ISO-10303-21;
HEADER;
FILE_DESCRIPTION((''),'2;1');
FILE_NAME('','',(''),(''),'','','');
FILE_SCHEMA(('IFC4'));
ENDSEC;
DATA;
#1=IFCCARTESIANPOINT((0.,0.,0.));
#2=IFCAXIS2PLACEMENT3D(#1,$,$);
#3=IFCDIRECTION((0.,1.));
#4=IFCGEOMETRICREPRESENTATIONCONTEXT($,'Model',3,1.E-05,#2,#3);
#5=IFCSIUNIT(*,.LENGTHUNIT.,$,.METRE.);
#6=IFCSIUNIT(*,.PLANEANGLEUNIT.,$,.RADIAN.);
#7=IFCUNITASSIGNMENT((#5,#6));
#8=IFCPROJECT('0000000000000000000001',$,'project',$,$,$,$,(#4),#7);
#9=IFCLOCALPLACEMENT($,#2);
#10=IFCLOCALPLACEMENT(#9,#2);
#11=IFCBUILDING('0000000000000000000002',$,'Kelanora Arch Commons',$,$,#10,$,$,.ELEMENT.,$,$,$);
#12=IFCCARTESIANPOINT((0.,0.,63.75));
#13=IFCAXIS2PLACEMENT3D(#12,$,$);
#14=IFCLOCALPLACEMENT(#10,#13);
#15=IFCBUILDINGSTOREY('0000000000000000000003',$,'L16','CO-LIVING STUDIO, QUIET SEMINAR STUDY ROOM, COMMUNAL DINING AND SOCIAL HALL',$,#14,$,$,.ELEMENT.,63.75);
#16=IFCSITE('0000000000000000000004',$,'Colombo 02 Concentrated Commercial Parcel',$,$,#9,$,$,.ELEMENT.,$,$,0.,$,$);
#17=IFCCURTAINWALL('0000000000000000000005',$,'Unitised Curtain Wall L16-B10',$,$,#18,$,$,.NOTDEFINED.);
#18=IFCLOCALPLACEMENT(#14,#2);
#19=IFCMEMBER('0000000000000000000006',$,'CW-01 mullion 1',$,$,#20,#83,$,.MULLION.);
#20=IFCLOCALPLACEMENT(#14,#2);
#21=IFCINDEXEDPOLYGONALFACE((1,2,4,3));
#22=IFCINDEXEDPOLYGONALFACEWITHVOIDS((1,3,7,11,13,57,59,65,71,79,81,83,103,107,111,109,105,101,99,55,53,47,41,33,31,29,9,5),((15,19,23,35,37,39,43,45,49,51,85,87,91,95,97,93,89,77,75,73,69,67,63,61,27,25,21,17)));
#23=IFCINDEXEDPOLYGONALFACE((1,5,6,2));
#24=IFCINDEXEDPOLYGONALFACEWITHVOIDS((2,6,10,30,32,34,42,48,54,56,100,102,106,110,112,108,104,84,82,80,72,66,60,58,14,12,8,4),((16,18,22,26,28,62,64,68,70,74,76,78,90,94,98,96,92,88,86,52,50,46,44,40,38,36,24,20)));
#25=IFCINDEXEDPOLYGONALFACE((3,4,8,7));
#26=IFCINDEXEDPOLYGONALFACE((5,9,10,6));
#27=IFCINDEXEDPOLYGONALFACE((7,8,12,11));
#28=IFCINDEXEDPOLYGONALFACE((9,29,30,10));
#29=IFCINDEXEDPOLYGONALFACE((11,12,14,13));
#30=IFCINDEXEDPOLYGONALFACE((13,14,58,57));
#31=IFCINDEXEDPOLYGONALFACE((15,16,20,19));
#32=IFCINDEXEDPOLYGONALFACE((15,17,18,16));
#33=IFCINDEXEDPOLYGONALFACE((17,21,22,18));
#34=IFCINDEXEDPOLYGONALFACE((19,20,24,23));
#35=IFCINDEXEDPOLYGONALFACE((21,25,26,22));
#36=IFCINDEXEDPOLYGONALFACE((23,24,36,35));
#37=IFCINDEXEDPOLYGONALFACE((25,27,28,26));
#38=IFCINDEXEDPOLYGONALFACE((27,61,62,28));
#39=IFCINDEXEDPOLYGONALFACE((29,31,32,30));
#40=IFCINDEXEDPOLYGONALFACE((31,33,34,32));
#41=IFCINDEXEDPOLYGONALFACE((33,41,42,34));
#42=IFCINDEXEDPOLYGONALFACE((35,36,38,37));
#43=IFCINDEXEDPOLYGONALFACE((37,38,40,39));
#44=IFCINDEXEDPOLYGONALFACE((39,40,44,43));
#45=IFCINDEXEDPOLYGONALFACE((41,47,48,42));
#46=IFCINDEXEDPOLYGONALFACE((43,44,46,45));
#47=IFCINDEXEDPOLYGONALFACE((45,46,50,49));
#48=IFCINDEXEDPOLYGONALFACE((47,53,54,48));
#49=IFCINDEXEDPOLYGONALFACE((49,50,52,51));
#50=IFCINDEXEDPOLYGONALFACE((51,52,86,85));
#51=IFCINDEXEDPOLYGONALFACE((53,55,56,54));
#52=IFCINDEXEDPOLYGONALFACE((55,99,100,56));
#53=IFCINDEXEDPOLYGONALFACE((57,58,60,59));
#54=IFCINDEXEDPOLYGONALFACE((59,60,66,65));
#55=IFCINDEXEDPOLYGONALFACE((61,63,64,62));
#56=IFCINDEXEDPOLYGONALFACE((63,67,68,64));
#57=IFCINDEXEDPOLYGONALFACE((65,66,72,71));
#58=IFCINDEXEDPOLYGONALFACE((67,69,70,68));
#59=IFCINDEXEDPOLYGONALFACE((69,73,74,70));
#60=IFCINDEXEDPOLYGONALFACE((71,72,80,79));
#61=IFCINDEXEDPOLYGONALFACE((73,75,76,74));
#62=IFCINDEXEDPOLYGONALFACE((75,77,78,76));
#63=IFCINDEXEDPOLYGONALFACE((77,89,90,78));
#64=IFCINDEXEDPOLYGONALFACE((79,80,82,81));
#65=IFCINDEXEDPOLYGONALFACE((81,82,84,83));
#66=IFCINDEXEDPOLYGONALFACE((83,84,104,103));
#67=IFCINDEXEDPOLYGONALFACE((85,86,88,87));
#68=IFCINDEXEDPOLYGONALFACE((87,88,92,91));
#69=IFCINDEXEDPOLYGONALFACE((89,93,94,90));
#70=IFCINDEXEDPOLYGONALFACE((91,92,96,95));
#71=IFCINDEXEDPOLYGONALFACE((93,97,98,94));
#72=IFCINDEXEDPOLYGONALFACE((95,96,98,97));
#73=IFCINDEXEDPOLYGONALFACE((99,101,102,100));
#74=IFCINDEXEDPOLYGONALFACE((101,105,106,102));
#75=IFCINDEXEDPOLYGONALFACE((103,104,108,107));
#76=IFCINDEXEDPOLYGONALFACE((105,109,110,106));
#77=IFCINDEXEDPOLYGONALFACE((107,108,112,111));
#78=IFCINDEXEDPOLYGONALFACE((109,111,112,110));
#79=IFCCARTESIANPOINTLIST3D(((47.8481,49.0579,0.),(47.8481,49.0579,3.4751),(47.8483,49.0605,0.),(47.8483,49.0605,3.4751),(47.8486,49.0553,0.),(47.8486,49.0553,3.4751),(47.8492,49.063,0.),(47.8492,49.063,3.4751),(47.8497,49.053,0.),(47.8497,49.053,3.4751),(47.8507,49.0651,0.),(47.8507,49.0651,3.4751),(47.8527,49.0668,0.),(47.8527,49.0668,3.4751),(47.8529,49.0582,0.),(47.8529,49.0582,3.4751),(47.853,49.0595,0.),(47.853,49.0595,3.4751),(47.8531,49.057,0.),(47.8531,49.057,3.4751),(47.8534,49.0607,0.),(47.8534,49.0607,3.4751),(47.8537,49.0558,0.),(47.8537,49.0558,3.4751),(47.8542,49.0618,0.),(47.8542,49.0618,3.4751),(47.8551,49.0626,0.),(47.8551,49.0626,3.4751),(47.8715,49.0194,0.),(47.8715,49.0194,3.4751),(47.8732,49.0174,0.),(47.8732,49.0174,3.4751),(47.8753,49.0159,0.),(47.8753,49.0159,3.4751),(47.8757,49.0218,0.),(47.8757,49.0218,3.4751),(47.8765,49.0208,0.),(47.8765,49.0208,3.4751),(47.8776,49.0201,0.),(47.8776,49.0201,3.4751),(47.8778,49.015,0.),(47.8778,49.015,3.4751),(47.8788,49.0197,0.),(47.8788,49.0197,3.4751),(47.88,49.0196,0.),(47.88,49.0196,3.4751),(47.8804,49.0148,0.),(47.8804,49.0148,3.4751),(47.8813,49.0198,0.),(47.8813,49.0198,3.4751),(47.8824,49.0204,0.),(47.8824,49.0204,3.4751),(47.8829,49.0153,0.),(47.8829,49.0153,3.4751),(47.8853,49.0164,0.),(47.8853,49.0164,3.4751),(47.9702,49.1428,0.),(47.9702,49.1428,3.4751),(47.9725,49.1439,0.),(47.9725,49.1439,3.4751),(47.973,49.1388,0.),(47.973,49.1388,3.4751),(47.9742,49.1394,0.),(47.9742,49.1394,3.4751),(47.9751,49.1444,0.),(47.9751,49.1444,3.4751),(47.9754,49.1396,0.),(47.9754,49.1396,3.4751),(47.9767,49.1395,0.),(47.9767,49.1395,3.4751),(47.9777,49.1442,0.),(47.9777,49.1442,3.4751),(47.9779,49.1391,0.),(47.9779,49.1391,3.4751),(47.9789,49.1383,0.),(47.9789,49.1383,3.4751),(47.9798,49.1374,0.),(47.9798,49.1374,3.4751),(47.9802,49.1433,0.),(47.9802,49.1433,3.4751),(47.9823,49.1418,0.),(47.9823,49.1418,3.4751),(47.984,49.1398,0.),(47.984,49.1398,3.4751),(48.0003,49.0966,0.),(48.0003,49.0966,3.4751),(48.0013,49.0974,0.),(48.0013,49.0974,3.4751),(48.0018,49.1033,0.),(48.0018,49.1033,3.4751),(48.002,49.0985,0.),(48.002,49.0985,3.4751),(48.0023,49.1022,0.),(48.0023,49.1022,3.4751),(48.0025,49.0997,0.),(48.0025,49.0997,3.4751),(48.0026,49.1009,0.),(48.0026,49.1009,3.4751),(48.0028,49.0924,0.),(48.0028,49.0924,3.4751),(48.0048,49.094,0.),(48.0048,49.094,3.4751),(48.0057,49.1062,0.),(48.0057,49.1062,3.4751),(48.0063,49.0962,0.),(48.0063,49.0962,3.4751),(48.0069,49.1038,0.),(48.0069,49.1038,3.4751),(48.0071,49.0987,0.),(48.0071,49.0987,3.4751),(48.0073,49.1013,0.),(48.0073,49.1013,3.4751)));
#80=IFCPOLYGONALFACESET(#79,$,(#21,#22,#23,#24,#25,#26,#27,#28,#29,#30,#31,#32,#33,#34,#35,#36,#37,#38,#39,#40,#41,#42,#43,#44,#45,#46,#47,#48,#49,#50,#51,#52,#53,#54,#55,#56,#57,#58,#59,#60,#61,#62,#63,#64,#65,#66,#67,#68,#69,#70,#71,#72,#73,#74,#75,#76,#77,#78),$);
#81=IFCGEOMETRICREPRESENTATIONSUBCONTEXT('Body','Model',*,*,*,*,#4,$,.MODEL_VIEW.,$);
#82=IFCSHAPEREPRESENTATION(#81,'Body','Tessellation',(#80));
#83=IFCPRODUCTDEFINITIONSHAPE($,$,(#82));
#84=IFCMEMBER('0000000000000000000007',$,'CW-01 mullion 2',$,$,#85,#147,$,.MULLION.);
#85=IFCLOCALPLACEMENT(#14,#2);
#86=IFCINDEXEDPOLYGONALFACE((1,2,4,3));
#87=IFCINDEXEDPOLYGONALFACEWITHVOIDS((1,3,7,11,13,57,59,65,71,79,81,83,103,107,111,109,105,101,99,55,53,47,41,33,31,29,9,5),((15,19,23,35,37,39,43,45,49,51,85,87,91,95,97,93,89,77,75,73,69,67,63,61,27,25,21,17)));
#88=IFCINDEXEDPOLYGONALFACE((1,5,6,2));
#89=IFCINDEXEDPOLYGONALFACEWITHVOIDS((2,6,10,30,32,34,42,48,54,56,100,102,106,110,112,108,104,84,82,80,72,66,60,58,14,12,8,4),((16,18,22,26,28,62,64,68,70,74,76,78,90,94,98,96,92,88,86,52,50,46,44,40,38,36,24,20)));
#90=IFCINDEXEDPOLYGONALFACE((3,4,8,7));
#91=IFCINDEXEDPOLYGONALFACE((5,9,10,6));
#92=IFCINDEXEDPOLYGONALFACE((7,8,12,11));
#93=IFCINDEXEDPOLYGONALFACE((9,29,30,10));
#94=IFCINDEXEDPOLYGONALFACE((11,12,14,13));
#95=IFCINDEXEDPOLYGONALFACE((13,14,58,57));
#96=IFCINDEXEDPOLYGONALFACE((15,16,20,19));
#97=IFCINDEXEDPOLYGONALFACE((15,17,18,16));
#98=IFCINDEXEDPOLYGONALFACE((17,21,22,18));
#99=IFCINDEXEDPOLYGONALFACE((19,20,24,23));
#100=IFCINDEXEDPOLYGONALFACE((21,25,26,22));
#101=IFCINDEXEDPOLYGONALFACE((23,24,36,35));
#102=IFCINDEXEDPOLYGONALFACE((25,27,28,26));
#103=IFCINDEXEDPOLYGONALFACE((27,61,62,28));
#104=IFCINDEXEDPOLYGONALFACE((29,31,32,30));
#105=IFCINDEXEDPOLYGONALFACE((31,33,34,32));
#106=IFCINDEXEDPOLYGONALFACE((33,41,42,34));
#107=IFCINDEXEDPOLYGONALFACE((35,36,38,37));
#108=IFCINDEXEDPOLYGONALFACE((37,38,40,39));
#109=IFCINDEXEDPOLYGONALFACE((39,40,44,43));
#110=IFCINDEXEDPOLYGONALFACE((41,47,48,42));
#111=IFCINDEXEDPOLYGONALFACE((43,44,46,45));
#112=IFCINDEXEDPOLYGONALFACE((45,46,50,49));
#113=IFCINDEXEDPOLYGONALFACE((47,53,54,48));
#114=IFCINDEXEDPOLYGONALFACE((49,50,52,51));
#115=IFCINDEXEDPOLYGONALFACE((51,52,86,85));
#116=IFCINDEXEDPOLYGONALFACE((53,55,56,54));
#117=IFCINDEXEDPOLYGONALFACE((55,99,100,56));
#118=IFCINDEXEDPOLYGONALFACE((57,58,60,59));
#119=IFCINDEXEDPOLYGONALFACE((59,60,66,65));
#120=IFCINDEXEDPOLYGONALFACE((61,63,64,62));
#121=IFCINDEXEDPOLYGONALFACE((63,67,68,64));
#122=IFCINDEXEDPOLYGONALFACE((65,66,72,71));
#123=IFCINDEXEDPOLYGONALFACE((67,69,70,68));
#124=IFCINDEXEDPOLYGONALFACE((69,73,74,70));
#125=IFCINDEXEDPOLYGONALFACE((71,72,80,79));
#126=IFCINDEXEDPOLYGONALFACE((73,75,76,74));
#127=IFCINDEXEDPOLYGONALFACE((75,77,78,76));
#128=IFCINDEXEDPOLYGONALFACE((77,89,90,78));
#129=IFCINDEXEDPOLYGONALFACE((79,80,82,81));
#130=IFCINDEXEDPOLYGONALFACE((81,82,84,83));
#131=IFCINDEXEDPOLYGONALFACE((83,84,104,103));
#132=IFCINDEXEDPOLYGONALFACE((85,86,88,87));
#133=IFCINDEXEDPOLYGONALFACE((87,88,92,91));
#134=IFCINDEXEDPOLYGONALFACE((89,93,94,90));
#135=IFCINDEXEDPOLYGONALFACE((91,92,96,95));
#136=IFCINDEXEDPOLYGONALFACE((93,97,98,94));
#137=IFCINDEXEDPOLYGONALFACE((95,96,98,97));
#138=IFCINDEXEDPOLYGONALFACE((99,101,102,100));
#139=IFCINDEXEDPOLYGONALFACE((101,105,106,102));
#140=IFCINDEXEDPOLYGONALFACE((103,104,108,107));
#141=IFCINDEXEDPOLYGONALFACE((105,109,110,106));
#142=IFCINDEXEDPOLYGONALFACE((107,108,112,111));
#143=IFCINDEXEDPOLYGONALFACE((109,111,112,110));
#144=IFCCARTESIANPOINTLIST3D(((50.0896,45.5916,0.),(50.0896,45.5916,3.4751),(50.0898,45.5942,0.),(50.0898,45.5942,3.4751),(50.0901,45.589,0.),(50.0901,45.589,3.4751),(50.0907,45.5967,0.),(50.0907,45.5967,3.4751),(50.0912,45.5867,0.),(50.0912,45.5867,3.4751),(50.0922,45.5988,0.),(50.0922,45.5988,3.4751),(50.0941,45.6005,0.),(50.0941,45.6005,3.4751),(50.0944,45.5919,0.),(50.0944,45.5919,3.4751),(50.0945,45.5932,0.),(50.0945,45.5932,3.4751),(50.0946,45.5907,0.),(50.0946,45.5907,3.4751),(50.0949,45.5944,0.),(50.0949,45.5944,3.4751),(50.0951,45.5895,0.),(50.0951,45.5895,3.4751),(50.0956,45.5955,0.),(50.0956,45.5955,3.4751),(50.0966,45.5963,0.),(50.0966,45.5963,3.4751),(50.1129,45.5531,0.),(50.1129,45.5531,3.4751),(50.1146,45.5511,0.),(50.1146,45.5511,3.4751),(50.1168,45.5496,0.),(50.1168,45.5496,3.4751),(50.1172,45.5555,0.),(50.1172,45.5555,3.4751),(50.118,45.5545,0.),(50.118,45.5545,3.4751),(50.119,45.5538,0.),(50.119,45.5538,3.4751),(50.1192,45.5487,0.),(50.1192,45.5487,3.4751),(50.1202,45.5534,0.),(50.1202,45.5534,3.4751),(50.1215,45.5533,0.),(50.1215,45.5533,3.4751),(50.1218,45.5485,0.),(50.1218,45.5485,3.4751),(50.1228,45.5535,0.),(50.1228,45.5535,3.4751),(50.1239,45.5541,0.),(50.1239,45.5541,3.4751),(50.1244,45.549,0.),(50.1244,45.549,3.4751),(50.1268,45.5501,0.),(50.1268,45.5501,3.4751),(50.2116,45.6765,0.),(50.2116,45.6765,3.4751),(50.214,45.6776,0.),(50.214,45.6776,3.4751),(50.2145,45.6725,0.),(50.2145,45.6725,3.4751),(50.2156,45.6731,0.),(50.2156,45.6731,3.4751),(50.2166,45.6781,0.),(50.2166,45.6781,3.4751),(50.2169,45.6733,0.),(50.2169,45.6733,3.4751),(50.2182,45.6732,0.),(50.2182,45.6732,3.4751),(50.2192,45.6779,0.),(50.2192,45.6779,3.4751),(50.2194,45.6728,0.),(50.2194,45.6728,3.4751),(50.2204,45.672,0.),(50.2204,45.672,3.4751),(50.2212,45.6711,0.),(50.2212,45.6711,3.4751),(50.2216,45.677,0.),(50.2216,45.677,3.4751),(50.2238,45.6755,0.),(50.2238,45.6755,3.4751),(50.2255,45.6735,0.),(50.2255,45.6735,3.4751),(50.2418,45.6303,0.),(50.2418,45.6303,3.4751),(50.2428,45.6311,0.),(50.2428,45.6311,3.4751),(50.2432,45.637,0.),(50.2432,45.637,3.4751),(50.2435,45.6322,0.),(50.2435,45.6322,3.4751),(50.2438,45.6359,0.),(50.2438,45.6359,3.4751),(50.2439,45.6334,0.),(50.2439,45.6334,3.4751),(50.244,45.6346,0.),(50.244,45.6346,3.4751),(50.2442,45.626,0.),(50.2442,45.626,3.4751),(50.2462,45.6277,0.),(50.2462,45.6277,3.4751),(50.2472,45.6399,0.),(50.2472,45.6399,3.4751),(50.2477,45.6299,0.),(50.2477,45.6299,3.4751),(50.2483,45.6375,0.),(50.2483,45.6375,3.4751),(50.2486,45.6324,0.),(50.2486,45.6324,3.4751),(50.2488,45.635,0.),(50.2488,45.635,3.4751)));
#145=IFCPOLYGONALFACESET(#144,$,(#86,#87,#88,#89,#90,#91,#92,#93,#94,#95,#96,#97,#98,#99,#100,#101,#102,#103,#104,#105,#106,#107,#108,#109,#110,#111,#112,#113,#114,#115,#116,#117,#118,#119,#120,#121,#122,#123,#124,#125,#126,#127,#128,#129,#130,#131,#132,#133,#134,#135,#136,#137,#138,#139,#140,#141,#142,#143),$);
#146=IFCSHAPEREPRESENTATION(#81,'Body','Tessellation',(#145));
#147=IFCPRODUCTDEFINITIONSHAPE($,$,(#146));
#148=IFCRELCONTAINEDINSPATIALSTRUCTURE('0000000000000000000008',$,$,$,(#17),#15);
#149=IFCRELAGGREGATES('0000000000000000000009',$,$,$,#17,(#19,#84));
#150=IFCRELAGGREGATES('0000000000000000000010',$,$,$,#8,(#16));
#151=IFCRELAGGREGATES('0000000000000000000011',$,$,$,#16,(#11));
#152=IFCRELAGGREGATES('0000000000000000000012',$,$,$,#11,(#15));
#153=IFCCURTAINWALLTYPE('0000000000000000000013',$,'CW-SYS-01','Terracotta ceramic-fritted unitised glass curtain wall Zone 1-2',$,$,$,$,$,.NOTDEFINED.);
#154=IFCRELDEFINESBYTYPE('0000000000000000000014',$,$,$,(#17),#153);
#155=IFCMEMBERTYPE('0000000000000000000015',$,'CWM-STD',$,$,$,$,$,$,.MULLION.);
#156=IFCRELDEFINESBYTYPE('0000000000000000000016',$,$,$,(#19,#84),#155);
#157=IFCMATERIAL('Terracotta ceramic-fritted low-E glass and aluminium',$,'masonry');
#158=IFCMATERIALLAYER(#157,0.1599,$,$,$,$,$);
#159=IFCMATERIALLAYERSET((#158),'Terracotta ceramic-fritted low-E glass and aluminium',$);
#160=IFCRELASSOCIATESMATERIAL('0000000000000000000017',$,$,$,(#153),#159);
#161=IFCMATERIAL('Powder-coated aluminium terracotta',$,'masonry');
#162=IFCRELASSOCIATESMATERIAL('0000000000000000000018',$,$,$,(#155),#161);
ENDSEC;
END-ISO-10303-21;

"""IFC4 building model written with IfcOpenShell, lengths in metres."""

from ifc_helpers import new_model, si_unit, direction, frame, origin, origin_2d, place, context, subcontext, project, spatial, hollow_rectangle, extrude, material, layer, layer_set, material_profile, profile_set, type_object, element, aggregate, save


model = new_model("IFC4")

# Units and contexts
model_context = context("Model", 3, precision=1e-05, world=origin(), true_north=direction((0.0, 1.0)))
body_context = subcontext(model_context, "Body", "Model", "MODEL_VIEW")
ifc_project = project(units=[si_unit("LENGTHUNIT", "METRE"), si_unit("PLANEANGLEUNIT", "RADIAN")], contexts=[model_context])

# Site, building, storey
site_placement = place(None, origin())
site = spatial("IfcSite", under=ifc_project, at=site_placement, Name="Colombo 02 Concentrated Commercial Parcel", CompositionType="ELEMENT", RefElevation=0.0)
building_placement = place(site_placement, origin())
building = spatial("IfcBuilding", under=site, at=building_placement, Name="Kelanora Arch Commons", CompositionType="ELEMENT")
storey_placement = place(building_placement, frame((0.0, 0.0, 63.75)))
storey = spatial("IfcBuildingStorey", under=building, at=storey_placement, Name="L16", Description="CO-LIVING STUDIO, QUIET SEMINAR STUDY ROOM, COMMUNAL DINING AND SOCIAL HALL", CompositionType="ELEMENT", Elevation=63.75)

# Shared definitions
ifc_material_1 = material(Name="Terracotta ceramic-fritted low-E glass and aluminium", Category="masonry")
ifc_layer_1 = layer(ifc_material_1, 0.1599)
ifc_layer_set_1 = layer_set([ifc_layer_1], Name="Terracotta ceramic-fritted low-E glass and aluminium")
curtain_wall_type = type_object("IfcCurtainWallType", Name="CW-SYS-01", Description="Terracotta ceramic-fritted unitised glass curtain wall Zone 1-2", PredefinedType="NOTDEFINED", material=ifc_layer_set_1)
ifc_material_2 = material(Name="Powder-coated aluminium terracotta", Category="masonry")
ifc_material_profile_1 = material_profile(ifc_material_2, hollow_rectangle(XDim=0.1599, YDim=0.0601, WallThickness=0.0049, InnerFilletRadius=0.0049, OuterFilletRadius=0.01, at=origin_2d()), Name="CWM160x60")
ifc_profile_set_1 = profile_set([ifc_material_profile_1], Name="Powder-coated aluminium terracotta")
member_type_1 = type_object("IfcMemberType", Name="CWM-STD", PredefinedType="MULLION", material=ifc_profile_set_1)

# Curtain wall, members
curtain_wall_1_placement = place(storey_placement, origin())
curtain_wall_1 = element("IfcCurtainWall", 1, at=curtain_wall_1_placement, inside=storey, type_object=curtain_wall_type, Name="Unitised Curtain Wall L16-B10", PredefinedType="NOTDEFINED")
member_1_placement = place(storey_placement, frame((47.9277, 49.0796, 0.0), z_axis=(0.0, 0.0, 1.0), x_axis=(0.83973, 0.543004, 0.0)))
member_1 = element("IfcMember", 2, at=member_1_placement, type_object=member_type_1, Name="CW-01 mullion 1", PredefinedType="MULLION", context=body_context, shape_type="SweptSolid", body=[
    extrude(hollow_rectangle(XDim=0.1599, YDim=0.0601, WallThickness=0.0049, InnerFilletRadius=0.0049, OuterFilletRadius=0.01, at=origin_2d()), origin(), (0.0, 0.0, 1.0), 3.4751),
])
member_2_placement = place(storey_placement, frame((50.1692, 45.6133, 0.0), z_axis=(0.0, 0.0, 1.0), x_axis=(0.83973, 0.543004, 0.0)))
member_2 = element("IfcMember", 3, at=member_2_placement, type_object=member_type_1, Name="CW-01 mullion 2", PredefinedType="MULLION", context=body_context, shape_type="SweptSolid", body=[
    extrude(hollow_rectangle(XDim=0.1599, YDim=0.0601, WallThickness=0.0049, InnerFilletRadius=0.0049, OuterFilletRadius=0.01, at=origin_2d()), origin(), (0.0, 0.0, 1.0), 3.4751),
])

aggregate(curtain_wall_1, [member_1, member_2])

save(model, "model.ifc")
